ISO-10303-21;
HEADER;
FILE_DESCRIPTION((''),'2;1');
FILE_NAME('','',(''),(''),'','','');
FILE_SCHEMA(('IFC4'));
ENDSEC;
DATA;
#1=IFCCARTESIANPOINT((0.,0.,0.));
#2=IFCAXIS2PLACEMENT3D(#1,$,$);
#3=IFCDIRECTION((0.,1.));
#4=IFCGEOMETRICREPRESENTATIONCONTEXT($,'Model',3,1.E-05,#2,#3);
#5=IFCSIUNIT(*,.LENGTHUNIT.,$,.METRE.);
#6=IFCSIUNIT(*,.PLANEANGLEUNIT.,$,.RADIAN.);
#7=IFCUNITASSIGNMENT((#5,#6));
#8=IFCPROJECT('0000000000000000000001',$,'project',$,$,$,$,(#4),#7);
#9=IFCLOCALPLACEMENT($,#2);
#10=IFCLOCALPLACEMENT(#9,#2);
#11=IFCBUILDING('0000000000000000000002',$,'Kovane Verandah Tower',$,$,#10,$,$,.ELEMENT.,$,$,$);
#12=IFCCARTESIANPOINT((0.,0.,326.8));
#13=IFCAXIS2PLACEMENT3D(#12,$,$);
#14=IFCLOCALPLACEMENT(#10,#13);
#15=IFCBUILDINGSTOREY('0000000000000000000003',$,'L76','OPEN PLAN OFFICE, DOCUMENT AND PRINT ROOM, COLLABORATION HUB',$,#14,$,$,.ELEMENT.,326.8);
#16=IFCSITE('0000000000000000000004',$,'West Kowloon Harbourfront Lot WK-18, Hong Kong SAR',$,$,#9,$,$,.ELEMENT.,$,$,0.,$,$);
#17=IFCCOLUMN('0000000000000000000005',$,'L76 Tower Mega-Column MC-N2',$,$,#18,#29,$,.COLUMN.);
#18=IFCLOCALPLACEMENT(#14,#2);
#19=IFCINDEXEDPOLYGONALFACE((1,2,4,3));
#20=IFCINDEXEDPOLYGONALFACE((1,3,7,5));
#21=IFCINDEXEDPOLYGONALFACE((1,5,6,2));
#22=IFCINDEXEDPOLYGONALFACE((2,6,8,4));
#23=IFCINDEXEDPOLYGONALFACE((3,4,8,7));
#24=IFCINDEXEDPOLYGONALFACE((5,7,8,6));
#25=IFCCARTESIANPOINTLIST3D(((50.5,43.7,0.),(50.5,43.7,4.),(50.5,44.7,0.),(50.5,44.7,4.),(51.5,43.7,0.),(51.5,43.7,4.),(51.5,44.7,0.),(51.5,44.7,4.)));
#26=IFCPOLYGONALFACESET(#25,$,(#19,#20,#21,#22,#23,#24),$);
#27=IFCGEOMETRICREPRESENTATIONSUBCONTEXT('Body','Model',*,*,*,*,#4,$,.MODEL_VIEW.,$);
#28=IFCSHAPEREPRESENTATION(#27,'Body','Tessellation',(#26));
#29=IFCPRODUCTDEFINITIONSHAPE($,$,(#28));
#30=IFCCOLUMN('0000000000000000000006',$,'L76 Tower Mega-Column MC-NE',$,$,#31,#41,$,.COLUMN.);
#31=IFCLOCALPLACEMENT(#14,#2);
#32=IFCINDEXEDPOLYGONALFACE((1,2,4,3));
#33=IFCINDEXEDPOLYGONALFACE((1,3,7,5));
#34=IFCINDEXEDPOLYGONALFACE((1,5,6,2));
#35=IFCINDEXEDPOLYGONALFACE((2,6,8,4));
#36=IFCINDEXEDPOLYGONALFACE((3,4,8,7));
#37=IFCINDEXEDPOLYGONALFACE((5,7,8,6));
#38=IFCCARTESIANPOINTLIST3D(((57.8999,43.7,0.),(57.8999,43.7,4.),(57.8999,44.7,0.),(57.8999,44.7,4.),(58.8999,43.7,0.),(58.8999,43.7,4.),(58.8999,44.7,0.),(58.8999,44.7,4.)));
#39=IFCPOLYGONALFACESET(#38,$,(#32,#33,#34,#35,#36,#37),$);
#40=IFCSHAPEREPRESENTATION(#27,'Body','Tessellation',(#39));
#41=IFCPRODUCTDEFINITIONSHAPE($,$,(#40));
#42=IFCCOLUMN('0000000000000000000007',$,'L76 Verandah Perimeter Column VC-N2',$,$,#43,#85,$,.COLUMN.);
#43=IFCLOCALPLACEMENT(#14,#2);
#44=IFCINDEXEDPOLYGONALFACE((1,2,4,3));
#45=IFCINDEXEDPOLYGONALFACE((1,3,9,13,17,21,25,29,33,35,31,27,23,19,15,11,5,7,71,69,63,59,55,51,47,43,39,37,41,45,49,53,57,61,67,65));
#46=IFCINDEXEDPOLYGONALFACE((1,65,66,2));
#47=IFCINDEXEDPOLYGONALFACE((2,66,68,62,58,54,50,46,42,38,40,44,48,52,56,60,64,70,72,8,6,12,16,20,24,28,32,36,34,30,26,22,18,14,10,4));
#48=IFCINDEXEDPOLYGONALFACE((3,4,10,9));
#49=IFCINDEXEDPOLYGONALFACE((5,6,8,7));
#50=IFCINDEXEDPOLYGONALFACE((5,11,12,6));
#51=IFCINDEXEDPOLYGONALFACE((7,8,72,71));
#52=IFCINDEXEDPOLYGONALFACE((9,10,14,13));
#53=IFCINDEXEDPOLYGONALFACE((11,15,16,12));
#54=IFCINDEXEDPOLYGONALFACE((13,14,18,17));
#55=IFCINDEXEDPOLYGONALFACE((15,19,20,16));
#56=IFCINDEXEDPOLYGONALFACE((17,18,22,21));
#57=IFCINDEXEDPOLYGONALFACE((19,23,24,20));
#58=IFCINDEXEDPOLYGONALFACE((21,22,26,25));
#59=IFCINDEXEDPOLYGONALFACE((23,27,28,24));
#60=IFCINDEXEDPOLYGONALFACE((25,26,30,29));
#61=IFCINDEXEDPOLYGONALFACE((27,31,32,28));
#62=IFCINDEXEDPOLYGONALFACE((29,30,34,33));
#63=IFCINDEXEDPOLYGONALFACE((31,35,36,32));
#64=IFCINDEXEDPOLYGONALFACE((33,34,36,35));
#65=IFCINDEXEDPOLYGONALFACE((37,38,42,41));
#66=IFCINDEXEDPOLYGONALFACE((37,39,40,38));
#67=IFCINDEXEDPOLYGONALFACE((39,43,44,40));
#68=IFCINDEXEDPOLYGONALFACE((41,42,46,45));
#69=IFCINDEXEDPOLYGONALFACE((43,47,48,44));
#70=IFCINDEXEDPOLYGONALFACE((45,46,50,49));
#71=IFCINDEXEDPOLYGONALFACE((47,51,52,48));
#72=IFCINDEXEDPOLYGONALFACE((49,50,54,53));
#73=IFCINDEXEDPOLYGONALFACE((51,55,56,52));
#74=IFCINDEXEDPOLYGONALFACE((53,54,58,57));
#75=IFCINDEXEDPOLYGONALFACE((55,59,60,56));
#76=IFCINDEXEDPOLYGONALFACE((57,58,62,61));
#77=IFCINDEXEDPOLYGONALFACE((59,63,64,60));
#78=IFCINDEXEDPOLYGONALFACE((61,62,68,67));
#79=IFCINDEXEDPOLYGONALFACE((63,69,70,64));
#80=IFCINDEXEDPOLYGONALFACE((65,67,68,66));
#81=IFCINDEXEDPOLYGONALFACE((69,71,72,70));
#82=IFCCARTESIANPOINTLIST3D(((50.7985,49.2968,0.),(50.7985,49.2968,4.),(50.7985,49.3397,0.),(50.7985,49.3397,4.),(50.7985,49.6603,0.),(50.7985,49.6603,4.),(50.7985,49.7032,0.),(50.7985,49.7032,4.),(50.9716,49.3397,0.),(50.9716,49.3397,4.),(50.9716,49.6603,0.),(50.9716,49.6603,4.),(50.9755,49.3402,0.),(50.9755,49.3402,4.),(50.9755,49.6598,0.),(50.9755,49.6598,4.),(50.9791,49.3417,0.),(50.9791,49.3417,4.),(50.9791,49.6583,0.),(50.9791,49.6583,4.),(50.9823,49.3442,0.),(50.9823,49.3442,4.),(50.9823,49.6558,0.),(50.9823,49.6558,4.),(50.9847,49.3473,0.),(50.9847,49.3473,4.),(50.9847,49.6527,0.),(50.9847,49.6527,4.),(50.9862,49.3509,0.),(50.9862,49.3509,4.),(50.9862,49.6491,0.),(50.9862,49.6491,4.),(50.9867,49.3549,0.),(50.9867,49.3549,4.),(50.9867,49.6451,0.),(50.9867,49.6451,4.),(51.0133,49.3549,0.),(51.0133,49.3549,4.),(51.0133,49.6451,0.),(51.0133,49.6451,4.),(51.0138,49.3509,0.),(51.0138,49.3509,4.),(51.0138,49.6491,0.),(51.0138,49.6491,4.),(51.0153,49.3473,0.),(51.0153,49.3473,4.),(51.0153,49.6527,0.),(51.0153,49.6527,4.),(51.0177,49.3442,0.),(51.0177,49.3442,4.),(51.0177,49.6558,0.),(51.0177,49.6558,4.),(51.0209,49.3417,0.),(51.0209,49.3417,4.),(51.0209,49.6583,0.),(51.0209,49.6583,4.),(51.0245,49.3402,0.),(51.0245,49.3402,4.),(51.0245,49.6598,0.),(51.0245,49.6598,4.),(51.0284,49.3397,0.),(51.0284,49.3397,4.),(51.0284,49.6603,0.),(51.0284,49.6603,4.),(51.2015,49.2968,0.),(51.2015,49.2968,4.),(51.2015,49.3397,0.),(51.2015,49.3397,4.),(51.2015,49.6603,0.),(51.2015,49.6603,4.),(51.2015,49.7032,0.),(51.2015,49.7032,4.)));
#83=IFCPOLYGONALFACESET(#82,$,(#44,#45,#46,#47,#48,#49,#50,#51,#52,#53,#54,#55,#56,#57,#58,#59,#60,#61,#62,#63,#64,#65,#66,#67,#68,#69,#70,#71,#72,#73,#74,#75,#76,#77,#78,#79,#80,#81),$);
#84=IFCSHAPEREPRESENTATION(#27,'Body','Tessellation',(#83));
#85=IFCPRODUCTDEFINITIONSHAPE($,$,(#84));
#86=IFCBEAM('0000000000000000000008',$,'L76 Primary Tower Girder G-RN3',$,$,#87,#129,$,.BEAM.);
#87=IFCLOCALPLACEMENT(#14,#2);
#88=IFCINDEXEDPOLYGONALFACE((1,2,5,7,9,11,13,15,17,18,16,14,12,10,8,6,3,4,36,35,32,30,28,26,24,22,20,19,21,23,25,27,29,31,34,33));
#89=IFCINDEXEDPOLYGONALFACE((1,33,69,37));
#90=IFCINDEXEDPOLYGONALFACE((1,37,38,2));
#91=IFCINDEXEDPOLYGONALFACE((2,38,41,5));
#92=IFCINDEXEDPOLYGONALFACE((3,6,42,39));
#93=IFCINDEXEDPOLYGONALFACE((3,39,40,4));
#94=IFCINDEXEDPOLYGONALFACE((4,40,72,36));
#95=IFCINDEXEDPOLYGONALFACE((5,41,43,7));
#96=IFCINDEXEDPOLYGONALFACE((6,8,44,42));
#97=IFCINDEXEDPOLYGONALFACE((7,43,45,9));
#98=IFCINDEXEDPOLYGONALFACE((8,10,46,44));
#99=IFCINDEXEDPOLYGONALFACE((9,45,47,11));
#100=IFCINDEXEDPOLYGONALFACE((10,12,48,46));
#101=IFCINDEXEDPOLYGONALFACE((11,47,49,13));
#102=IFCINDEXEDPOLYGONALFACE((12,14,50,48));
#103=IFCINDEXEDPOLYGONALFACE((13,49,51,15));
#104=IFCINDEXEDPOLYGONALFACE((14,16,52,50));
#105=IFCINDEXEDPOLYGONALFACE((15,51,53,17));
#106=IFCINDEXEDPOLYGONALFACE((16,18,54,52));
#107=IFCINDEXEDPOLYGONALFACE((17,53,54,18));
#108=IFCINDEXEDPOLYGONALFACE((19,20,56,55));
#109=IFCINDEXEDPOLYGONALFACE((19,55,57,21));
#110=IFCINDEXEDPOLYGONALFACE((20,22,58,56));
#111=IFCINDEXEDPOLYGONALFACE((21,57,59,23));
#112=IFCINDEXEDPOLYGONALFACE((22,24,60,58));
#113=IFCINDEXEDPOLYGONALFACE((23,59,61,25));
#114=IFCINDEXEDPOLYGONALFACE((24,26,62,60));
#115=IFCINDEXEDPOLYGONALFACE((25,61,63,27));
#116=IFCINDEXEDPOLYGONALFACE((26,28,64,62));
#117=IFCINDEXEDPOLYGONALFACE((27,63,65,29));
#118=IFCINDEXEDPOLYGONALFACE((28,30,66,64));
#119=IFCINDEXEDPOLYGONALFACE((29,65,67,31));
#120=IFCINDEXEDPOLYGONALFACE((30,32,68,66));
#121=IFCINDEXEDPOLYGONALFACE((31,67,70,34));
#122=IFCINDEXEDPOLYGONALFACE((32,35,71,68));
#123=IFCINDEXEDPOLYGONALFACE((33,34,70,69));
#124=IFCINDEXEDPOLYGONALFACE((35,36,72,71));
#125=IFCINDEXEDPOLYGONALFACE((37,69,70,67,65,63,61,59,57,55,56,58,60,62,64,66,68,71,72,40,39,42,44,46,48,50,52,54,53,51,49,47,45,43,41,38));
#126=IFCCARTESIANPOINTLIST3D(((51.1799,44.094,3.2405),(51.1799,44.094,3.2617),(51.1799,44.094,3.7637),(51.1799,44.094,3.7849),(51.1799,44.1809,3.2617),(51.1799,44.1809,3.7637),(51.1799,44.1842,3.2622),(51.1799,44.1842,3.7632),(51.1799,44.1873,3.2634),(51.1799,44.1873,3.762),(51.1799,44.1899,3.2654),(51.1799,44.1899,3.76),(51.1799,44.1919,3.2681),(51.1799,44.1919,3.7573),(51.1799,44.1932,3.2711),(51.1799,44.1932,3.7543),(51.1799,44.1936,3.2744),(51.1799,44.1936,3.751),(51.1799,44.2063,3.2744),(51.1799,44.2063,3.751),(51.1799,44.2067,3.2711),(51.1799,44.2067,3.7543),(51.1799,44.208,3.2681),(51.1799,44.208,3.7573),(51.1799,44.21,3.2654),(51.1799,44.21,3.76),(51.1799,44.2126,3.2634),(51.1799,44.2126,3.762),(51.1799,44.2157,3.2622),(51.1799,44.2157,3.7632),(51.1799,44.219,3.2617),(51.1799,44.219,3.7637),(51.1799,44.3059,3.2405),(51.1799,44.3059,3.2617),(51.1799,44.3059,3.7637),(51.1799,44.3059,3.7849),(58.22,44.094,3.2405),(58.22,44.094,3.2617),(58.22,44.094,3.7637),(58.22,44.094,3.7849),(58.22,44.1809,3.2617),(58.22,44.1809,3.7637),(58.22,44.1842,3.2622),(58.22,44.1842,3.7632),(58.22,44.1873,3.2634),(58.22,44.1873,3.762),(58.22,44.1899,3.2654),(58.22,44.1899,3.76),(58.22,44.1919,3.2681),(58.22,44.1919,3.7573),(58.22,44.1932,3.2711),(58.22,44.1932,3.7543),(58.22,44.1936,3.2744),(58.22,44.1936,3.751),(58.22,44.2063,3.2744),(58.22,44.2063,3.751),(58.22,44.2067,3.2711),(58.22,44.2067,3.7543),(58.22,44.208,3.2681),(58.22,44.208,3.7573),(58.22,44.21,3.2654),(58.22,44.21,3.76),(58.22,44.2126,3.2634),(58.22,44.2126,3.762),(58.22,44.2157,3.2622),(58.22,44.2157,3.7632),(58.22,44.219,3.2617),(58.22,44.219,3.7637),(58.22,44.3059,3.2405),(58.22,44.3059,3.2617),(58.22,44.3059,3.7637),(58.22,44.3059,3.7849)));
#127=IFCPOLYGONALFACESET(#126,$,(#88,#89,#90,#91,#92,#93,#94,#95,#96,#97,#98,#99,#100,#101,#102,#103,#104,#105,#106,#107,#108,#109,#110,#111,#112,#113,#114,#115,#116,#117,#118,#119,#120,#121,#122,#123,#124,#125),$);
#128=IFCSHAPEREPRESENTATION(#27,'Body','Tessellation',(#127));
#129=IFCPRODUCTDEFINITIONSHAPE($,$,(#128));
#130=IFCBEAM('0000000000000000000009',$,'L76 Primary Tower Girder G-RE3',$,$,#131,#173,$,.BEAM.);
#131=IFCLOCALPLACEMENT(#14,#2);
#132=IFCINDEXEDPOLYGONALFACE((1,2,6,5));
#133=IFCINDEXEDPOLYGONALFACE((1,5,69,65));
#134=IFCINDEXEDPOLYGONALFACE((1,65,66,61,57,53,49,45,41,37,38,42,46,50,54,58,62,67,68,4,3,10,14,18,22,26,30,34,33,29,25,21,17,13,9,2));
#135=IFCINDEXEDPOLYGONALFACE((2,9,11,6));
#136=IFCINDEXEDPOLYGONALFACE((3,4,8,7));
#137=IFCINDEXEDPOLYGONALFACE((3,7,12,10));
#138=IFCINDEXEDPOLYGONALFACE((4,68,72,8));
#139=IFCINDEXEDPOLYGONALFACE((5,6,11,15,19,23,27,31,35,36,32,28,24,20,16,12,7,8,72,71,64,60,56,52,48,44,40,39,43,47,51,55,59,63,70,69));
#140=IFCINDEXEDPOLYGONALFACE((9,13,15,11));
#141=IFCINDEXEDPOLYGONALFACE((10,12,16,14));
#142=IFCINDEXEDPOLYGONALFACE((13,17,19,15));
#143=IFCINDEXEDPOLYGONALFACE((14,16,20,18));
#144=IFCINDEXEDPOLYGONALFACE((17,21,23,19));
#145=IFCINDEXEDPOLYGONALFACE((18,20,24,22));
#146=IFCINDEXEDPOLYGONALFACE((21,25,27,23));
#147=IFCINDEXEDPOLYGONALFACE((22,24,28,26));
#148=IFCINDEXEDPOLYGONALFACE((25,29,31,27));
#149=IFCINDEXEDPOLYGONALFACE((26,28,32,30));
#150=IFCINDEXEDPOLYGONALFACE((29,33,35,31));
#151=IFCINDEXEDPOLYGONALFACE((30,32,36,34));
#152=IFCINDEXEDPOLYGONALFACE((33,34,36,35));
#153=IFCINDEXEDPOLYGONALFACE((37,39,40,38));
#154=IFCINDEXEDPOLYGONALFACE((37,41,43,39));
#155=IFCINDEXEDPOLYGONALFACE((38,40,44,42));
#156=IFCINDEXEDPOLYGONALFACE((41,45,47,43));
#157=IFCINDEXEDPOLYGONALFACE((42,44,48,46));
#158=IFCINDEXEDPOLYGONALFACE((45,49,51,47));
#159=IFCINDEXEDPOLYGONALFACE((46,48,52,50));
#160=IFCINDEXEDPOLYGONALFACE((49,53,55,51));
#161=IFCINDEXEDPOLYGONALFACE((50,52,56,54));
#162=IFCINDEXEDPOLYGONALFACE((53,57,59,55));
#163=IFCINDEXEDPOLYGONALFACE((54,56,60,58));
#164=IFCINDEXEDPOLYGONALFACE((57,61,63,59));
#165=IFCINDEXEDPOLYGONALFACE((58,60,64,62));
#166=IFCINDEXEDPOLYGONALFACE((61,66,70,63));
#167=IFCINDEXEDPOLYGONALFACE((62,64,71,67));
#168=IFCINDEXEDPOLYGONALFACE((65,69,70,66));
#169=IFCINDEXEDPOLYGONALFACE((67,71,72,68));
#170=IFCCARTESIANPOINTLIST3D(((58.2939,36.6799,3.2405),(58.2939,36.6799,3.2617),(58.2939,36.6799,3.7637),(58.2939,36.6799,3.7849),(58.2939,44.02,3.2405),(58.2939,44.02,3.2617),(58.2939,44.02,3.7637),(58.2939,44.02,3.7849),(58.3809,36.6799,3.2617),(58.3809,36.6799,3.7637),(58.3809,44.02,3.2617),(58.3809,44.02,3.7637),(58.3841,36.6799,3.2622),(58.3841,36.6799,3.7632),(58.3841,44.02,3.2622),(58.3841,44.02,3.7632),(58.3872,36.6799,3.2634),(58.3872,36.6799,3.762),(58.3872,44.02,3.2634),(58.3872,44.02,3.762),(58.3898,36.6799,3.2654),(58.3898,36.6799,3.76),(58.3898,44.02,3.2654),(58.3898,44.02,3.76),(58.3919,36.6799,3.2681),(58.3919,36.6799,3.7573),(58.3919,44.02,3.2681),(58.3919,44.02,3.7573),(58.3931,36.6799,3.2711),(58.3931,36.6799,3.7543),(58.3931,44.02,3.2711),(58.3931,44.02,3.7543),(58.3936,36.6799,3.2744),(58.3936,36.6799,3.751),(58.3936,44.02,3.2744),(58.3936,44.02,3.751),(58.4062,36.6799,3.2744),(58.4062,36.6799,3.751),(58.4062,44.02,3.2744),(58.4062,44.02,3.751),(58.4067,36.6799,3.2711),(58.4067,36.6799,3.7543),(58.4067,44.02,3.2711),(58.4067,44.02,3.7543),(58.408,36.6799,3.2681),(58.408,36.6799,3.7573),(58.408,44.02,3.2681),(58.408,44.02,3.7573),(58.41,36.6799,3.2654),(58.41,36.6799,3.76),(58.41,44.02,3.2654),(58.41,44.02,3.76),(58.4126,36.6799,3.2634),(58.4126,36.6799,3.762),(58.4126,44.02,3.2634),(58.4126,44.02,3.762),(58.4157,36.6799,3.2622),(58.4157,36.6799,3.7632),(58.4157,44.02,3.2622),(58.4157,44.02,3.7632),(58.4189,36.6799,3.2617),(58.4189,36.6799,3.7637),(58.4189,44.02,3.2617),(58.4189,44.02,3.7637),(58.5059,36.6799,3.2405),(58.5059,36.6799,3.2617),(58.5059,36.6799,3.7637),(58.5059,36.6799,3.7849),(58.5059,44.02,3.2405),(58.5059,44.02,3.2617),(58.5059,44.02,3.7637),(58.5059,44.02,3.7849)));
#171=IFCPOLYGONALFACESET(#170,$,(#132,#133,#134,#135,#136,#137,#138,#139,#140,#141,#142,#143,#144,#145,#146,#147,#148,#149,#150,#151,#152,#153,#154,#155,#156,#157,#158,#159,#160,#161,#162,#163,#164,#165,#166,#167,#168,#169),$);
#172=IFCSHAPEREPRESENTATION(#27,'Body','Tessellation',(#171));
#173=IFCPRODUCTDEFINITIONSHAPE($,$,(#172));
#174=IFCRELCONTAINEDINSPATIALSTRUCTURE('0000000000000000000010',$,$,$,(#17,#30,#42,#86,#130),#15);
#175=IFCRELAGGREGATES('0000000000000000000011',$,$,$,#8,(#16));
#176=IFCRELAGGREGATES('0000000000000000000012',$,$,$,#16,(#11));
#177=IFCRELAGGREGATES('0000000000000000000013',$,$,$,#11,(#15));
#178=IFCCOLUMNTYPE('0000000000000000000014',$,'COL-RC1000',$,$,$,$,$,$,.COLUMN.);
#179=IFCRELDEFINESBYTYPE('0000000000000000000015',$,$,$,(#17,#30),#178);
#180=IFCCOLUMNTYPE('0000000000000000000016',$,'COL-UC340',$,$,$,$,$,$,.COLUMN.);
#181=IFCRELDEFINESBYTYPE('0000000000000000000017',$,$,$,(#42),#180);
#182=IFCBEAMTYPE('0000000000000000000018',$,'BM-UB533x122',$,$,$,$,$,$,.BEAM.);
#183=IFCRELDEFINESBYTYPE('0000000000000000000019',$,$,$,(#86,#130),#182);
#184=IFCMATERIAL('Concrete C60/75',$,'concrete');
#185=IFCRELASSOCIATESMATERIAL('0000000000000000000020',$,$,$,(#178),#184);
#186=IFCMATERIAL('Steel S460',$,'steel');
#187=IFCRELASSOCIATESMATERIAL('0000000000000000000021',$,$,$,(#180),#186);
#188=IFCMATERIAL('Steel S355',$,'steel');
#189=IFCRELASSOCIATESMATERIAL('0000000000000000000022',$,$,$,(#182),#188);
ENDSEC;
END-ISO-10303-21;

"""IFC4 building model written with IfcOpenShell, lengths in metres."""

from ifc_helpers import new_model, si_unit, direction, frame, origin, origin_2d, place, context, subcontext, project, spatial, rectangle, i_section, extrude, material, material_profile, profile_set, type_object, element, save


model = new_model("IFC4")

# Units and contexts
model_context = context("Model", 3, precision=1e-05, world=origin(), true_north=direction((0.0, 1.0)))
body_context = subcontext(model_context, "Body", "Model", "MODEL_VIEW")
ifc_project = project(units=[si_unit("LENGTHUNIT", "METRE"), si_unit("PLANEANGLEUNIT", "RADIAN")], contexts=[model_context])

# Site, building, storey
site_placement = place(None, origin())
site = spatial("IfcSite", under=ifc_project, at=site_placement, Name="West Kowloon Harbourfront Lot WK-18, Hong Kong SAR", CompositionType="ELEMENT", RefElevation=0.0)
building_placement = place(site_placement, origin())
building = spatial("IfcBuilding", under=site, at=building_placement, Name="Kovane Verandah Tower", CompositionType="ELEMENT")
storey_placement = place(building_placement, frame((0.0, 0.0, 326.8)))
storey = spatial("IfcBuildingStorey", under=building, at=storey_placement, Name="L76", Description="OPEN PLAN OFFICE, DOCUMENT AND PRINT ROOM, COLLABORATION HUB", CompositionType="ELEMENT", Elevation=326.8)

# Columns
ifc_material_1 = material(Name="Concrete C60/75", Category="concrete")
ifc_material_profile_1 = material_profile(ifc_material_1, rectangle(XDim=1.0, YDim=1.0, at=origin_2d()), Name="RC1000x1000")
ifc_profile_set_1 = profile_set([ifc_material_profile_1], Name="Concrete C60/75")
column_type_1 = type_object("IfcColumnType", Name="COL-RC1000", PredefinedType="COLUMN", material=ifc_profile_set_1)
for number, where, z_axis, x_axis, name in (
    (1, (51.0, 44.2, 0.0), (0.0, 0.0, 1.0), (1.0, 0.0, 0.0), "L76 Tower Mega-Column MC-N2"),
    (2, (58.3999, 44.2, 0.0), (0.0, 0.0, 1.0), (1.0, 0.0, 0.0), "L76 Tower Mega-Column MC-NE"),
):
    element("IfcColumn", number, at=place(storey_placement, frame(where, z_axis=z_axis, x_axis=x_axis)), inside=storey, type_object=column_type_1, Name=name, PredefinedType="COLUMN", context=body_context, shape_type="SweptSolid", body=[
        extrude(rectangle(XDim=1.0, YDim=1.0, at=origin_2d()), origin(), (0.0, 0.0, 1.0), 4.0),
    ])
ifc_material_2 = material(Name="Steel S460", Category="steel")
ifc_material_profile_2 = material_profile(ifc_material_2, i_section(OverallWidth=0.4031, OverallDepth=0.4065, WebThickness=0.0266, FlangeThickness=0.043, FilletRadius=0.0151, at=origin_2d()), Name="UC356x406x340")
ifc_profile_set_2 = profile_set([ifc_material_profile_2], Name="Steel S460")
column_type_2 = type_object("IfcColumnType", Name="COL-UC340", PredefinedType="COLUMN", material=ifc_profile_set_2)
column_placement = place(storey_placement, frame((51.0, 49.5, 0.0), z_axis=(0.0, 0.0, 1.0), x_axis=(1.0, 0.0, 0.0)))
element("IfcColumn", 3, at=column_placement, inside=storey, type_object=column_type_2, Name="L76 Verandah Perimeter Column VC-N2", PredefinedType="COLUMN", context=body_context, shape_type="SweptSolid", body=[
    extrude(i_section(OverallWidth=0.4031, OverallDepth=0.4065, WebThickness=0.0266, FlangeThickness=0.043, FilletRadius=0.0151, at=origin_2d()), origin(), (0.0, 0.0, 1.0), 4.0),
])

# Beams
ifc_material_3 = material(Name="Steel S355", Category="steel")
ifc_material_profile_3 = material_profile(ifc_material_3, i_section(OverallWidth=0.2119, OverallDepth=0.5444, WebThickness=0.0127, FlangeThickness=0.0212, FilletRadius=0.0127, at=origin_2d()), Name="UB533x210x122")
ifc_profile_set_3 = profile_set([ifc_material_profile_3], Name="Steel S355")
beam_type_1 = type_object("IfcBeamType", Name="BM-UB533x122", PredefinedType="BEAM", material=ifc_profile_set_3)
beam_1_placement = place(storey_placement, frame((51.1799, 44.2, 3.5127), z_axis=(1.0, 0.0, 0.0), x_axis=(0.0, 1.0, 0.0)))
element("IfcBeam", 4, at=beam_1_placement, inside=storey, type_object=beam_type_1, Name="L76 Primary Tower Girder G-RN3", PredefinedType="BEAM", context=body_context, shape_type="SweptSolid", body=[
    extrude(i_section(OverallWidth=0.2119, OverallDepth=0.5444, WebThickness=0.0127, FlangeThickness=0.0212, FilletRadius=0.0127, at=origin_2d()), origin(), (0.0, 0.0, 1.0), 7.04),
])
for number, where, z_axis, x_axis, name in (
    (5, (58.3999, 36.6799, 3.5127), (0.0, 1.0, 0.0), (-1.0, 0.0, 0.0), "L76 Primary Tower Girder G-RE3"),
):
    element("IfcBeam", number, at=place(storey_placement, frame(where, z_axis=z_axis, x_axis=x_axis)), inside=storey, type_object=beam_type_1, Name=name, PredefinedType="BEAM", context=body_context, shape_type="SweptSolid", body=[
        extrude(i_section(OverallWidth=0.2119, OverallDepth=0.5444, WebThickness=0.0127, FlangeThickness=0.0212, FilletRadius=0.0127, at=origin_2d()), origin(), (0.0, 0.0, 1.0), 7.3401),
    ])

save(model, "model.ifc")
